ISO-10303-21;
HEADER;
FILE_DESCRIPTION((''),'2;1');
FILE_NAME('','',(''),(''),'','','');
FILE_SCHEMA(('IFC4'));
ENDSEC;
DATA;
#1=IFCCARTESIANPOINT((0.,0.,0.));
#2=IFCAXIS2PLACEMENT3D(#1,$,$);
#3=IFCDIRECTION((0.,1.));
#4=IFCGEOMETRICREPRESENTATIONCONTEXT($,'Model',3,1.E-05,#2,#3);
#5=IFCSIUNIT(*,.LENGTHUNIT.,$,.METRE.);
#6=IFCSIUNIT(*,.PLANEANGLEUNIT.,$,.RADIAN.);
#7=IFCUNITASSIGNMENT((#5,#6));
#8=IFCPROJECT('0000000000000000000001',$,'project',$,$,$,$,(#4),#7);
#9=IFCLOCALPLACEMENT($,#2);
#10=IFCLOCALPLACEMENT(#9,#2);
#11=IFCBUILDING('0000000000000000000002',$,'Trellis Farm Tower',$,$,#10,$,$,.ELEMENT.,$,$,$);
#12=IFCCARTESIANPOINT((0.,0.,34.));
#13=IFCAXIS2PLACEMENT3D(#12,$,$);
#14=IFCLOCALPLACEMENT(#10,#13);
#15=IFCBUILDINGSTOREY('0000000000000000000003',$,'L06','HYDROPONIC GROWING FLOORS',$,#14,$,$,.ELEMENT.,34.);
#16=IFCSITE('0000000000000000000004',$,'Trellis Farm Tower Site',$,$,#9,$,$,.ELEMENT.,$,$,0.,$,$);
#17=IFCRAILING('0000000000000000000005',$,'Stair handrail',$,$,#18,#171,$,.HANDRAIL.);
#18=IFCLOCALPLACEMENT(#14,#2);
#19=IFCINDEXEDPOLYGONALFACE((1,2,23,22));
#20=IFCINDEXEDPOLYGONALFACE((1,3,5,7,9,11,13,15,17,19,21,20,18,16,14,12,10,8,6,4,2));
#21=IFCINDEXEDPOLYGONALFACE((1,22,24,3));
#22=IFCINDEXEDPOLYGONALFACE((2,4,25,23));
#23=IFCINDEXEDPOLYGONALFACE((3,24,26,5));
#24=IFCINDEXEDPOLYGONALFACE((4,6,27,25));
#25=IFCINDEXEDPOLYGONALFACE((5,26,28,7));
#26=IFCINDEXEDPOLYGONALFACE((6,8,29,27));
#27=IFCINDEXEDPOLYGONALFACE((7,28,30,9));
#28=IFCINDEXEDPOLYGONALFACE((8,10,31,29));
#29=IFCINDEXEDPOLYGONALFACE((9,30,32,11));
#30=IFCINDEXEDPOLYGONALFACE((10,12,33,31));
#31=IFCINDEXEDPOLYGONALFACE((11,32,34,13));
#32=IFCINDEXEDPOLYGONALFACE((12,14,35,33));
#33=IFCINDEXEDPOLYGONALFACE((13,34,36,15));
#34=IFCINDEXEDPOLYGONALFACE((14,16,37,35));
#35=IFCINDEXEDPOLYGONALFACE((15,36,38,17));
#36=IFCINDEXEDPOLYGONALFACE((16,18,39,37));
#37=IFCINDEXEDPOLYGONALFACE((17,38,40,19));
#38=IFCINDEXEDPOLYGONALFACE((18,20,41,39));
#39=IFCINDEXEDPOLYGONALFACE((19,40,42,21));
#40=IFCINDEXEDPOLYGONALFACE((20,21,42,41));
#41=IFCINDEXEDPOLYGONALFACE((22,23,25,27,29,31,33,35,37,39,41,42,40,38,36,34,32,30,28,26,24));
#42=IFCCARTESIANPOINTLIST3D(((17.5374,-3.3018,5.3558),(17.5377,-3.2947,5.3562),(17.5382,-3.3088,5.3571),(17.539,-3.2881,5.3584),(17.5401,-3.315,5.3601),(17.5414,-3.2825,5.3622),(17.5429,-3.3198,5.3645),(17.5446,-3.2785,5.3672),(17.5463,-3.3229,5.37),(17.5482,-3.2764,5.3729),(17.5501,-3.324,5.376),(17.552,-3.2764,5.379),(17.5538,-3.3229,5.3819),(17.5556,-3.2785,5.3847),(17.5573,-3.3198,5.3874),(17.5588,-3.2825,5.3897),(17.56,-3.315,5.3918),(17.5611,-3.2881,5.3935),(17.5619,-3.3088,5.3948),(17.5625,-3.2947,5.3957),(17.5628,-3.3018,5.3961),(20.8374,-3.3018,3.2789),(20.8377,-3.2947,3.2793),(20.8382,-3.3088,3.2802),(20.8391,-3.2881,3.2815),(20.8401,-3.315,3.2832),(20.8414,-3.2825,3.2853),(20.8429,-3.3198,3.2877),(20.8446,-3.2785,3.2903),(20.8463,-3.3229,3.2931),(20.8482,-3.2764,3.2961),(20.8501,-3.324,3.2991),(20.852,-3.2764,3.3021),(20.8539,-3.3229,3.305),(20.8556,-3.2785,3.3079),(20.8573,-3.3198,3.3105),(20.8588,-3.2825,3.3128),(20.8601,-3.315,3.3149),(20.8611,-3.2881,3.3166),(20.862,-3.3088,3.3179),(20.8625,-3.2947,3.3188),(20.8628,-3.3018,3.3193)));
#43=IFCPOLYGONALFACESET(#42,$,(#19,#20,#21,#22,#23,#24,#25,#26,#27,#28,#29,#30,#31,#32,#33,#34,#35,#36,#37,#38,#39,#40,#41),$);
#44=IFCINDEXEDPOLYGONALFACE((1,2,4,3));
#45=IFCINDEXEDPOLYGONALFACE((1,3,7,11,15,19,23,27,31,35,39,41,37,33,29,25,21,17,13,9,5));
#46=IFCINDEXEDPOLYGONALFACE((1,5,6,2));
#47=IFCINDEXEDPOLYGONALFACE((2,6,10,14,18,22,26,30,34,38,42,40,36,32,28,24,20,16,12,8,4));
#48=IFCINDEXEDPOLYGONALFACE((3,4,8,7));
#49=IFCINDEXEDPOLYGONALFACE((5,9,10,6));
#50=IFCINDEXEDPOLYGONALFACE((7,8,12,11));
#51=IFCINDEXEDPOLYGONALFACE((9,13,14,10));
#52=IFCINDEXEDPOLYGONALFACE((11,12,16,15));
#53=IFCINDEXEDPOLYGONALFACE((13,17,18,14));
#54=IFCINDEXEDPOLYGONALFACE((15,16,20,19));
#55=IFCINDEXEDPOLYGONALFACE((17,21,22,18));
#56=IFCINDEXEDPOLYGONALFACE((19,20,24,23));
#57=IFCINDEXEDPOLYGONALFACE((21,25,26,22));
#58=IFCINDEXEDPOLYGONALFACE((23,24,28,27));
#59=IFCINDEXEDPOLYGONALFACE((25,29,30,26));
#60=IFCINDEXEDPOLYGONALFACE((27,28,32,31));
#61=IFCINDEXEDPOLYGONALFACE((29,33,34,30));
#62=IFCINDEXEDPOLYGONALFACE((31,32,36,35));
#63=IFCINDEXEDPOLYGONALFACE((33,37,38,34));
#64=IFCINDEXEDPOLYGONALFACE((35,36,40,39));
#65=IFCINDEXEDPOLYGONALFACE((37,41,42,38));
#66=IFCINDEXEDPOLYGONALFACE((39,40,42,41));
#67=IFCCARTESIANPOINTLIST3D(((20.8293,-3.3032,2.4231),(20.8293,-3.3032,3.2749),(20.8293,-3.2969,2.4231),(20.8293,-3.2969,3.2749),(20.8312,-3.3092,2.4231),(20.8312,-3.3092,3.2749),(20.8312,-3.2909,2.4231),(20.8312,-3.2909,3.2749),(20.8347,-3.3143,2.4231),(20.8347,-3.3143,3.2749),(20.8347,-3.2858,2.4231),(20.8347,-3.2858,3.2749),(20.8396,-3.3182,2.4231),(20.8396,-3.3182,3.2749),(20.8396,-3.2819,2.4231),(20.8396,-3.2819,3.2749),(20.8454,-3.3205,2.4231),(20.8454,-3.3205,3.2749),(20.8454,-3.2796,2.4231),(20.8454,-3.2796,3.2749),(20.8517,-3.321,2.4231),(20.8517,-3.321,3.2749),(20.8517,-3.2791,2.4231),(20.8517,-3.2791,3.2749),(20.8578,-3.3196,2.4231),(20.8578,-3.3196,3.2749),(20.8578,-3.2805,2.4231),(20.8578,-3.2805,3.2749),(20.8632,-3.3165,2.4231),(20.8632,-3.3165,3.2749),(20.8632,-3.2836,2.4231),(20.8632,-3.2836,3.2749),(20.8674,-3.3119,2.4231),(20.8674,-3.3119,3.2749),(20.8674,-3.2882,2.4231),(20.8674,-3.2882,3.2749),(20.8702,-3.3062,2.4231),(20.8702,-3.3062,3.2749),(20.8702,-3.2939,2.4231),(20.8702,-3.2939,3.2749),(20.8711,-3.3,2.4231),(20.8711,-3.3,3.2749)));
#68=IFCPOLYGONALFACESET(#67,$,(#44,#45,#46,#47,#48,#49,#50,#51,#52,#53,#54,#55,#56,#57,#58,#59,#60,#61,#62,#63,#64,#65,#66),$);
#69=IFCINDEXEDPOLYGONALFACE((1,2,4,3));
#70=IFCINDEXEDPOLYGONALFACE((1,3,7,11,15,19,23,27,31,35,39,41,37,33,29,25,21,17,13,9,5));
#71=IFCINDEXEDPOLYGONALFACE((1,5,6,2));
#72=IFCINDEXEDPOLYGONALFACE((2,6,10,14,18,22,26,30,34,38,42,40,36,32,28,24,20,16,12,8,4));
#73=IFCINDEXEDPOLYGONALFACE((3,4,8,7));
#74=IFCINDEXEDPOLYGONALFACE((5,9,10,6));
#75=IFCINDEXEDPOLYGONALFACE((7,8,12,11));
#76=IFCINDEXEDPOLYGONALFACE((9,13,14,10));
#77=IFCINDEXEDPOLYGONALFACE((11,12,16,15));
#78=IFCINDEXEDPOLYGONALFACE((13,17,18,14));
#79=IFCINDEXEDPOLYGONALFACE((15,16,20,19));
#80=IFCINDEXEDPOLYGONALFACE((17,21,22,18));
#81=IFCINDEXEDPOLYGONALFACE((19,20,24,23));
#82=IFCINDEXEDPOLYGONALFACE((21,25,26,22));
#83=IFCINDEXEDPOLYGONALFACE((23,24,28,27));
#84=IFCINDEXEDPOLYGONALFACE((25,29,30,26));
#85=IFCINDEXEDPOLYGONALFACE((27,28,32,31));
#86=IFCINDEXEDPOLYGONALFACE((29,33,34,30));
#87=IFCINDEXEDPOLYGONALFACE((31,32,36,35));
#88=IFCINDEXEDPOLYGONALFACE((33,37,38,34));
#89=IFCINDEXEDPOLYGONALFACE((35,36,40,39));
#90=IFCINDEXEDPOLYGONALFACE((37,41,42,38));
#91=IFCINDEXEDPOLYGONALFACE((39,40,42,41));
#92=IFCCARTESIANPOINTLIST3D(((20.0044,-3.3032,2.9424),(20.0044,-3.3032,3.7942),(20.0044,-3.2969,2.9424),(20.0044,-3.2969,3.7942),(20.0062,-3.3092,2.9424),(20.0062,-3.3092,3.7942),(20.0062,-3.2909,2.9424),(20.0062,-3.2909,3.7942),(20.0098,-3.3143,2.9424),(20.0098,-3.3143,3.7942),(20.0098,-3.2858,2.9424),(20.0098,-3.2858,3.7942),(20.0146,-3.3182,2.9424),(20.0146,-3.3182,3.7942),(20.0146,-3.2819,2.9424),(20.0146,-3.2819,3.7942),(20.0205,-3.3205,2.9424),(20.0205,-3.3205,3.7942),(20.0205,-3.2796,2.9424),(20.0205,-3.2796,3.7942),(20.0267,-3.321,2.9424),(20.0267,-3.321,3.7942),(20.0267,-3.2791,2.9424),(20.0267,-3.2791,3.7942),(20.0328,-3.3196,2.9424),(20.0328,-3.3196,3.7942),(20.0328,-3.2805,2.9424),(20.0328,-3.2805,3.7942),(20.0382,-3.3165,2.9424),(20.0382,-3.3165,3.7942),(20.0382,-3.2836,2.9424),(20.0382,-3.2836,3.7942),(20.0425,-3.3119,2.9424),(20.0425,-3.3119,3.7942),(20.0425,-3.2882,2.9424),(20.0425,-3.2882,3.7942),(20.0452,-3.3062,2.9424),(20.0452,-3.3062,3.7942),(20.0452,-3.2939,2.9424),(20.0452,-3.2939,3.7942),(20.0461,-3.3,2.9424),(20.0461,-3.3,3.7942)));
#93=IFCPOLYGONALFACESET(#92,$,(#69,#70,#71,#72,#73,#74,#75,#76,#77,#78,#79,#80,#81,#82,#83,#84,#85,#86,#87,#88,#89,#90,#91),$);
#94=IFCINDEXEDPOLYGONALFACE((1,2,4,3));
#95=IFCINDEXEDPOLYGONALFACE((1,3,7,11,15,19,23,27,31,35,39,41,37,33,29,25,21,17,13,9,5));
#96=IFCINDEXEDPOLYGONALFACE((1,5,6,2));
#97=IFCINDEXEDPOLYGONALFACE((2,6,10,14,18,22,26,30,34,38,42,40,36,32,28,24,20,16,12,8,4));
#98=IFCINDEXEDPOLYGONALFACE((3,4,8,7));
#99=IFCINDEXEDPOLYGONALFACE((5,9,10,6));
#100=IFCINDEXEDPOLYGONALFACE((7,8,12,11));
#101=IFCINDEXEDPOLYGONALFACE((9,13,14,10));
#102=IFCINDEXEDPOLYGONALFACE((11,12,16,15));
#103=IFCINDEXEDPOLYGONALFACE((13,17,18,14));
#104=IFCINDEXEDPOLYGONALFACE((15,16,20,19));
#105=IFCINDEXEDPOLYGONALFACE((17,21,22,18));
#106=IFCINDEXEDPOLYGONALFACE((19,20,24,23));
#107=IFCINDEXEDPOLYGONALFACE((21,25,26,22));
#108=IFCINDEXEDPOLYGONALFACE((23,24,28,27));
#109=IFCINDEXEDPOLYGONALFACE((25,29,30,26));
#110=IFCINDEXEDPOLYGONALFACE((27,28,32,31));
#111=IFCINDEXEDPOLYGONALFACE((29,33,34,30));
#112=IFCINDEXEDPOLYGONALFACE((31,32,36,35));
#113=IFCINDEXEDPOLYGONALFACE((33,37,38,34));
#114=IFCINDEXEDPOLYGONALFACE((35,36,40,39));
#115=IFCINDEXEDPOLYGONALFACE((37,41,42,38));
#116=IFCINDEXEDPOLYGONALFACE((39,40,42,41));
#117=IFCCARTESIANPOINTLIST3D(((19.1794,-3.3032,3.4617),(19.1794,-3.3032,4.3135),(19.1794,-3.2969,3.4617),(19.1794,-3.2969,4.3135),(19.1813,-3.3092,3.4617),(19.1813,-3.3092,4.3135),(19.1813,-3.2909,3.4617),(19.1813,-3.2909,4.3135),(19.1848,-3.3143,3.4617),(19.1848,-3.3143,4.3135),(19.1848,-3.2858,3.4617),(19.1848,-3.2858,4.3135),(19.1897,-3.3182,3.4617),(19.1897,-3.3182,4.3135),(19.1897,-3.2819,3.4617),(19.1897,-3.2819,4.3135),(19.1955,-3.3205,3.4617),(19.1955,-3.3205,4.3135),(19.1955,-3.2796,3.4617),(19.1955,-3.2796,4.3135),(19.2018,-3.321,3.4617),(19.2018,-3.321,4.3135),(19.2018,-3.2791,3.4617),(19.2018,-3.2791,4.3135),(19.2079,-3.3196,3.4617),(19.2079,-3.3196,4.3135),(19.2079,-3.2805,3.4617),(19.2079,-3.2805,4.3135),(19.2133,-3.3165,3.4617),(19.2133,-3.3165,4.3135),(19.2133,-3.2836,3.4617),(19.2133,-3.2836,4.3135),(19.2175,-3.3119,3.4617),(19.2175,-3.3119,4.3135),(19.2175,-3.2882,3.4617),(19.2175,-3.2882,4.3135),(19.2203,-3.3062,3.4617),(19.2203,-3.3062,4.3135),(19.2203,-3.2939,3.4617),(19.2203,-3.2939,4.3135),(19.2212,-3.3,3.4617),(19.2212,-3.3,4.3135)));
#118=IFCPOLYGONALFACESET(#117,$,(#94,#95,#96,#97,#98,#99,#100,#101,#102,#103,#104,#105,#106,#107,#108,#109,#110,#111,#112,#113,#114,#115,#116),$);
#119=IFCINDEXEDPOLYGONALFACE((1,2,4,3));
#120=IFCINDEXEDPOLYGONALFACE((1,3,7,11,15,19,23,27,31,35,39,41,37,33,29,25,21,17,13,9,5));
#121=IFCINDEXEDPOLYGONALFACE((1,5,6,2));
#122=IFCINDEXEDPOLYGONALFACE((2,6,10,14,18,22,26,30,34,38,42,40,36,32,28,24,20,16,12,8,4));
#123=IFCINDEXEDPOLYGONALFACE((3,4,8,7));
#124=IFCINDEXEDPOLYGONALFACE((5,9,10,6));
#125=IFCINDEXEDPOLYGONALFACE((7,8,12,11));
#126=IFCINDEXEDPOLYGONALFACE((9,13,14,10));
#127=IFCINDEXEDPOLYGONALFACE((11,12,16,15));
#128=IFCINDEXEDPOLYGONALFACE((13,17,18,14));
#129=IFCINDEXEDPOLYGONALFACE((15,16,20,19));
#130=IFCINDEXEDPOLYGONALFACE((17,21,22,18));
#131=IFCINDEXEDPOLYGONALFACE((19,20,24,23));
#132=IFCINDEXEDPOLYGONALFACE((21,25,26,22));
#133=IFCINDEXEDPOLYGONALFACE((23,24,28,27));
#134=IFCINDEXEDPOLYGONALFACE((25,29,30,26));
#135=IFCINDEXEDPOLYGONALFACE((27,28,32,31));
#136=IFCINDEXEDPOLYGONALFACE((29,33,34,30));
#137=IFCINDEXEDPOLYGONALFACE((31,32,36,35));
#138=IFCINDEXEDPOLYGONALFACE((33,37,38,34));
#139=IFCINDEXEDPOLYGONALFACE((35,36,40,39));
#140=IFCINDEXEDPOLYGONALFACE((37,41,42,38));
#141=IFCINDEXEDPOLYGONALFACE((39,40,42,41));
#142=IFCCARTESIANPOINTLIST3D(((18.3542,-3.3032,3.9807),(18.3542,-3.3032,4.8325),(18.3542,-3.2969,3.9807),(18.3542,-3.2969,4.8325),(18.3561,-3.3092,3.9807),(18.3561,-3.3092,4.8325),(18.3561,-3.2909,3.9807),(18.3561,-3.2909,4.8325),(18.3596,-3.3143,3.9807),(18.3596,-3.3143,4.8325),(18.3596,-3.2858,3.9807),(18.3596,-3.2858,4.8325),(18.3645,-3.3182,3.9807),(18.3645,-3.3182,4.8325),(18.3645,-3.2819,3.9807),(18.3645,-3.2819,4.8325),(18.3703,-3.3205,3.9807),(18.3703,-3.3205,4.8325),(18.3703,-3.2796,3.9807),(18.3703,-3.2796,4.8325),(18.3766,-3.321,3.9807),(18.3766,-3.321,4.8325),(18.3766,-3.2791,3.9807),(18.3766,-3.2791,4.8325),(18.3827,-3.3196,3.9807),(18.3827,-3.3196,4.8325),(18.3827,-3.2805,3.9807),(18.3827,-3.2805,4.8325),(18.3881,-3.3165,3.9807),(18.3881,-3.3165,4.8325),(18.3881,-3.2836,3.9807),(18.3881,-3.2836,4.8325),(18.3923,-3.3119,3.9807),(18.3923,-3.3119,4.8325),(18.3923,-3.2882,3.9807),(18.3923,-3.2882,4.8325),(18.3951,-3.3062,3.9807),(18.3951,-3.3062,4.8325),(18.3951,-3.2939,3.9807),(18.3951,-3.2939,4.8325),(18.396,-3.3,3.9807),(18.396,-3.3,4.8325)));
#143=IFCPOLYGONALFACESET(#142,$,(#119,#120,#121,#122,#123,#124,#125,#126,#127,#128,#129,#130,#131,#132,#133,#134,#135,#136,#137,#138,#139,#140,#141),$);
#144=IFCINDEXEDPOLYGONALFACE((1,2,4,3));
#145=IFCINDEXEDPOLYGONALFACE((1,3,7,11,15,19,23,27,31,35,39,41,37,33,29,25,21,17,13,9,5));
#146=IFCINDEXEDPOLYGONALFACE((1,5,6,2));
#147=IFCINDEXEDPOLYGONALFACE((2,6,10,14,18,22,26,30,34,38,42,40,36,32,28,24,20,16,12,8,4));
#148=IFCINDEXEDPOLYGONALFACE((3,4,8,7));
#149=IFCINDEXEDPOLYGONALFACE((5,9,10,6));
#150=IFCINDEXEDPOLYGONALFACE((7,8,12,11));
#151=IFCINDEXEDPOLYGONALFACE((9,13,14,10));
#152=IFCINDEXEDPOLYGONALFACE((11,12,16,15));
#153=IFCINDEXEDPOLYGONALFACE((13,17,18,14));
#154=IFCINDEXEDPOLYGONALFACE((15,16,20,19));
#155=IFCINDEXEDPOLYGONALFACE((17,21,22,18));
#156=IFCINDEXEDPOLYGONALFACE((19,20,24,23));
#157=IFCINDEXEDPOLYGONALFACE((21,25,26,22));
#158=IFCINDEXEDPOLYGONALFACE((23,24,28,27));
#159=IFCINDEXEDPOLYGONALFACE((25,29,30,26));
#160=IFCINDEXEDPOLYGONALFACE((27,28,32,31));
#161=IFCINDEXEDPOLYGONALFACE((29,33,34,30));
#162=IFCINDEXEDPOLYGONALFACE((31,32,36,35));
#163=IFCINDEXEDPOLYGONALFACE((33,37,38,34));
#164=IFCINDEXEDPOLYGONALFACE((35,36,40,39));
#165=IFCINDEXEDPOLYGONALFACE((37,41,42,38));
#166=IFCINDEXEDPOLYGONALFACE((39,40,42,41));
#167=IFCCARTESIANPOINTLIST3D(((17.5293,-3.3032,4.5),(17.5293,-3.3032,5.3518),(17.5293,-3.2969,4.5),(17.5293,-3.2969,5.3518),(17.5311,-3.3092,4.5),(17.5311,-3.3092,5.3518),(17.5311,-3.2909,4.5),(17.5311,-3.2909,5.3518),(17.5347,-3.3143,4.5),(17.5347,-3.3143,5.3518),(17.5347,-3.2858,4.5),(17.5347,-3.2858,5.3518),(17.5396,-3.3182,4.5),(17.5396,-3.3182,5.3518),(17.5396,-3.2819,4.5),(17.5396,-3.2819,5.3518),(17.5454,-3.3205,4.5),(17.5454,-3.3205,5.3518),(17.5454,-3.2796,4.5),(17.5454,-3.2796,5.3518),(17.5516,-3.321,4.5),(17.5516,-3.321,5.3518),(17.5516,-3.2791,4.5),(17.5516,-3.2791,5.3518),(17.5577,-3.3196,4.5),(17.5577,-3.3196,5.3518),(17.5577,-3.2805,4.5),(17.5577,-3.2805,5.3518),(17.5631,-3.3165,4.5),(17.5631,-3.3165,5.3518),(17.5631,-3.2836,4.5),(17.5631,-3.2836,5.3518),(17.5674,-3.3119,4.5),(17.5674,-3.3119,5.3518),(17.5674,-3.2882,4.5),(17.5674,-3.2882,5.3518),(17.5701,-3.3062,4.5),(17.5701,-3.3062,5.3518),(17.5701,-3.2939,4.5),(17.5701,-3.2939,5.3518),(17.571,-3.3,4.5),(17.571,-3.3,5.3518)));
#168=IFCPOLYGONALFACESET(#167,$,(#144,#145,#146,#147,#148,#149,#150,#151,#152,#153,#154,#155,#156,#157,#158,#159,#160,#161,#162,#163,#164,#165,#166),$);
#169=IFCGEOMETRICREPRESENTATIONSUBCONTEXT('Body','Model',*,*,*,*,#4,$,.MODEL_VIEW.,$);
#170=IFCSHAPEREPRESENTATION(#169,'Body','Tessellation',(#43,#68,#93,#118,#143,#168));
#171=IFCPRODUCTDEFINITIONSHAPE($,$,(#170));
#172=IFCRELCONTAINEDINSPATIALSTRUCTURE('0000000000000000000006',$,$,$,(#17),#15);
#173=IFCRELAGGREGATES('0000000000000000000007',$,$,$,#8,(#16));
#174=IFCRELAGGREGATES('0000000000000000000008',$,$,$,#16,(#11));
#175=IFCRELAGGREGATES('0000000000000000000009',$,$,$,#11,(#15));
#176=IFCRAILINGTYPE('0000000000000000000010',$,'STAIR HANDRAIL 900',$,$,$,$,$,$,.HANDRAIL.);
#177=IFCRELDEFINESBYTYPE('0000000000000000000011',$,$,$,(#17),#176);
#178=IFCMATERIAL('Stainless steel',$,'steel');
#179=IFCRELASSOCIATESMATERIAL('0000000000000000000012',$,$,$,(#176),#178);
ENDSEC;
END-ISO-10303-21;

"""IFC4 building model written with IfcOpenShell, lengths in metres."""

from ifc_helpers import new_model, si_unit, direction, frame, origin, origin_2d, place, context, subcontext, project, spatial, circle, extrude, source, transform, mapped, material, type_object, element, save


model = new_model("IFC4")

# Units and contexts
model_context = context("Model", 3, precision=1e-05, world=origin(), true_north=direction((0.0, 1.0)))
body_context = subcontext(model_context, "Body", "Model", "MODEL_VIEW")
ifc_project = project(units=[si_unit("LENGTHUNIT", "METRE"), si_unit("PLANEANGLEUNIT", "RADIAN")], contexts=[model_context])

# Site, building, storey
site_placement = place(None, origin())
site = spatial("IfcSite", under=ifc_project, at=site_placement, Name="Trellis Farm Tower Site", CompositionType="ELEMENT", RefElevation=0.0)
building_placement = place(site_placement, origin())
building = spatial("IfcBuilding", under=site, at=building_placement, Name="Trellis Farm Tower", CompositionType="ELEMENT")
storey_placement = place(building_placement, frame((0.0, 0.0, 34.0)))
storey = spatial("IfcBuildingStorey", under=building, at=storey_placement, Name="L06", Description="HYDROPONIC GROWING FLOORS", CompositionType="ELEMENT", Elevation=34.0)

# Railing
ifc_material_1 = material(Name="Stainless steel", Category="steel")
railing_type_1 = type_object("IfcRailingType", Name="STAIR HANDRAIL 900", PredefinedType="HANDRAIL", material=ifc_material_1)
shared_shape_1 = source(origin(), body_context, "Body", "SweptSolid", [
    extrude(circle(Radius=0.0239, at=origin_2d()), frame((0.0, 0.0, 0.876), z_axis=(-0.846337, 0.0, 0.532647), x_axis=(0.0, -1.0, 0.0)), (0.0, 0.0, 1.0), 3.8992),
    extrude(circle(Radius=0.021, at=origin_2d()), origin(), (0.0, 0.0, 1.0), 0.8518),
    extrude(circle(Radius=0.021, at=origin_2d()), frame((-0.825, 0.0, 0.5193)), (0.0, 0.0, 1.0), 0.8518),
    extrude(circle(Radius=0.021, at=origin_2d()), frame((-1.6499, 0.0, 1.0386)), (0.0, 0.0, 1.0), 0.8518),
    extrude(circle(Radius=0.021, at=origin_2d()), frame((-2.4751, 0.0, 1.5576)), (0.0, 0.0, 1.0), 0.8518),
    extrude(circle(Radius=0.021, at=origin_2d()), frame((-3.3, 0.0, 2.0769)), (0.0, 0.0, 1.0), 0.8518),
])
for number, where, name in (
    (1, (20.8501, -3.3, 2.4231), "Stair handrail"),
):
    element("IfcRailing", number, at=place(storey_placement, frame(where)), inside=storey, type_object=railing_type_1, Name=name, PredefinedType="HANDRAIL", context=body_context, shape_type="MappedRepresentation", body=[
        mapped(shared_shape_1, transform((0.0, 0.0, 0.0))),
    ])

save(model, "model.ifc")
